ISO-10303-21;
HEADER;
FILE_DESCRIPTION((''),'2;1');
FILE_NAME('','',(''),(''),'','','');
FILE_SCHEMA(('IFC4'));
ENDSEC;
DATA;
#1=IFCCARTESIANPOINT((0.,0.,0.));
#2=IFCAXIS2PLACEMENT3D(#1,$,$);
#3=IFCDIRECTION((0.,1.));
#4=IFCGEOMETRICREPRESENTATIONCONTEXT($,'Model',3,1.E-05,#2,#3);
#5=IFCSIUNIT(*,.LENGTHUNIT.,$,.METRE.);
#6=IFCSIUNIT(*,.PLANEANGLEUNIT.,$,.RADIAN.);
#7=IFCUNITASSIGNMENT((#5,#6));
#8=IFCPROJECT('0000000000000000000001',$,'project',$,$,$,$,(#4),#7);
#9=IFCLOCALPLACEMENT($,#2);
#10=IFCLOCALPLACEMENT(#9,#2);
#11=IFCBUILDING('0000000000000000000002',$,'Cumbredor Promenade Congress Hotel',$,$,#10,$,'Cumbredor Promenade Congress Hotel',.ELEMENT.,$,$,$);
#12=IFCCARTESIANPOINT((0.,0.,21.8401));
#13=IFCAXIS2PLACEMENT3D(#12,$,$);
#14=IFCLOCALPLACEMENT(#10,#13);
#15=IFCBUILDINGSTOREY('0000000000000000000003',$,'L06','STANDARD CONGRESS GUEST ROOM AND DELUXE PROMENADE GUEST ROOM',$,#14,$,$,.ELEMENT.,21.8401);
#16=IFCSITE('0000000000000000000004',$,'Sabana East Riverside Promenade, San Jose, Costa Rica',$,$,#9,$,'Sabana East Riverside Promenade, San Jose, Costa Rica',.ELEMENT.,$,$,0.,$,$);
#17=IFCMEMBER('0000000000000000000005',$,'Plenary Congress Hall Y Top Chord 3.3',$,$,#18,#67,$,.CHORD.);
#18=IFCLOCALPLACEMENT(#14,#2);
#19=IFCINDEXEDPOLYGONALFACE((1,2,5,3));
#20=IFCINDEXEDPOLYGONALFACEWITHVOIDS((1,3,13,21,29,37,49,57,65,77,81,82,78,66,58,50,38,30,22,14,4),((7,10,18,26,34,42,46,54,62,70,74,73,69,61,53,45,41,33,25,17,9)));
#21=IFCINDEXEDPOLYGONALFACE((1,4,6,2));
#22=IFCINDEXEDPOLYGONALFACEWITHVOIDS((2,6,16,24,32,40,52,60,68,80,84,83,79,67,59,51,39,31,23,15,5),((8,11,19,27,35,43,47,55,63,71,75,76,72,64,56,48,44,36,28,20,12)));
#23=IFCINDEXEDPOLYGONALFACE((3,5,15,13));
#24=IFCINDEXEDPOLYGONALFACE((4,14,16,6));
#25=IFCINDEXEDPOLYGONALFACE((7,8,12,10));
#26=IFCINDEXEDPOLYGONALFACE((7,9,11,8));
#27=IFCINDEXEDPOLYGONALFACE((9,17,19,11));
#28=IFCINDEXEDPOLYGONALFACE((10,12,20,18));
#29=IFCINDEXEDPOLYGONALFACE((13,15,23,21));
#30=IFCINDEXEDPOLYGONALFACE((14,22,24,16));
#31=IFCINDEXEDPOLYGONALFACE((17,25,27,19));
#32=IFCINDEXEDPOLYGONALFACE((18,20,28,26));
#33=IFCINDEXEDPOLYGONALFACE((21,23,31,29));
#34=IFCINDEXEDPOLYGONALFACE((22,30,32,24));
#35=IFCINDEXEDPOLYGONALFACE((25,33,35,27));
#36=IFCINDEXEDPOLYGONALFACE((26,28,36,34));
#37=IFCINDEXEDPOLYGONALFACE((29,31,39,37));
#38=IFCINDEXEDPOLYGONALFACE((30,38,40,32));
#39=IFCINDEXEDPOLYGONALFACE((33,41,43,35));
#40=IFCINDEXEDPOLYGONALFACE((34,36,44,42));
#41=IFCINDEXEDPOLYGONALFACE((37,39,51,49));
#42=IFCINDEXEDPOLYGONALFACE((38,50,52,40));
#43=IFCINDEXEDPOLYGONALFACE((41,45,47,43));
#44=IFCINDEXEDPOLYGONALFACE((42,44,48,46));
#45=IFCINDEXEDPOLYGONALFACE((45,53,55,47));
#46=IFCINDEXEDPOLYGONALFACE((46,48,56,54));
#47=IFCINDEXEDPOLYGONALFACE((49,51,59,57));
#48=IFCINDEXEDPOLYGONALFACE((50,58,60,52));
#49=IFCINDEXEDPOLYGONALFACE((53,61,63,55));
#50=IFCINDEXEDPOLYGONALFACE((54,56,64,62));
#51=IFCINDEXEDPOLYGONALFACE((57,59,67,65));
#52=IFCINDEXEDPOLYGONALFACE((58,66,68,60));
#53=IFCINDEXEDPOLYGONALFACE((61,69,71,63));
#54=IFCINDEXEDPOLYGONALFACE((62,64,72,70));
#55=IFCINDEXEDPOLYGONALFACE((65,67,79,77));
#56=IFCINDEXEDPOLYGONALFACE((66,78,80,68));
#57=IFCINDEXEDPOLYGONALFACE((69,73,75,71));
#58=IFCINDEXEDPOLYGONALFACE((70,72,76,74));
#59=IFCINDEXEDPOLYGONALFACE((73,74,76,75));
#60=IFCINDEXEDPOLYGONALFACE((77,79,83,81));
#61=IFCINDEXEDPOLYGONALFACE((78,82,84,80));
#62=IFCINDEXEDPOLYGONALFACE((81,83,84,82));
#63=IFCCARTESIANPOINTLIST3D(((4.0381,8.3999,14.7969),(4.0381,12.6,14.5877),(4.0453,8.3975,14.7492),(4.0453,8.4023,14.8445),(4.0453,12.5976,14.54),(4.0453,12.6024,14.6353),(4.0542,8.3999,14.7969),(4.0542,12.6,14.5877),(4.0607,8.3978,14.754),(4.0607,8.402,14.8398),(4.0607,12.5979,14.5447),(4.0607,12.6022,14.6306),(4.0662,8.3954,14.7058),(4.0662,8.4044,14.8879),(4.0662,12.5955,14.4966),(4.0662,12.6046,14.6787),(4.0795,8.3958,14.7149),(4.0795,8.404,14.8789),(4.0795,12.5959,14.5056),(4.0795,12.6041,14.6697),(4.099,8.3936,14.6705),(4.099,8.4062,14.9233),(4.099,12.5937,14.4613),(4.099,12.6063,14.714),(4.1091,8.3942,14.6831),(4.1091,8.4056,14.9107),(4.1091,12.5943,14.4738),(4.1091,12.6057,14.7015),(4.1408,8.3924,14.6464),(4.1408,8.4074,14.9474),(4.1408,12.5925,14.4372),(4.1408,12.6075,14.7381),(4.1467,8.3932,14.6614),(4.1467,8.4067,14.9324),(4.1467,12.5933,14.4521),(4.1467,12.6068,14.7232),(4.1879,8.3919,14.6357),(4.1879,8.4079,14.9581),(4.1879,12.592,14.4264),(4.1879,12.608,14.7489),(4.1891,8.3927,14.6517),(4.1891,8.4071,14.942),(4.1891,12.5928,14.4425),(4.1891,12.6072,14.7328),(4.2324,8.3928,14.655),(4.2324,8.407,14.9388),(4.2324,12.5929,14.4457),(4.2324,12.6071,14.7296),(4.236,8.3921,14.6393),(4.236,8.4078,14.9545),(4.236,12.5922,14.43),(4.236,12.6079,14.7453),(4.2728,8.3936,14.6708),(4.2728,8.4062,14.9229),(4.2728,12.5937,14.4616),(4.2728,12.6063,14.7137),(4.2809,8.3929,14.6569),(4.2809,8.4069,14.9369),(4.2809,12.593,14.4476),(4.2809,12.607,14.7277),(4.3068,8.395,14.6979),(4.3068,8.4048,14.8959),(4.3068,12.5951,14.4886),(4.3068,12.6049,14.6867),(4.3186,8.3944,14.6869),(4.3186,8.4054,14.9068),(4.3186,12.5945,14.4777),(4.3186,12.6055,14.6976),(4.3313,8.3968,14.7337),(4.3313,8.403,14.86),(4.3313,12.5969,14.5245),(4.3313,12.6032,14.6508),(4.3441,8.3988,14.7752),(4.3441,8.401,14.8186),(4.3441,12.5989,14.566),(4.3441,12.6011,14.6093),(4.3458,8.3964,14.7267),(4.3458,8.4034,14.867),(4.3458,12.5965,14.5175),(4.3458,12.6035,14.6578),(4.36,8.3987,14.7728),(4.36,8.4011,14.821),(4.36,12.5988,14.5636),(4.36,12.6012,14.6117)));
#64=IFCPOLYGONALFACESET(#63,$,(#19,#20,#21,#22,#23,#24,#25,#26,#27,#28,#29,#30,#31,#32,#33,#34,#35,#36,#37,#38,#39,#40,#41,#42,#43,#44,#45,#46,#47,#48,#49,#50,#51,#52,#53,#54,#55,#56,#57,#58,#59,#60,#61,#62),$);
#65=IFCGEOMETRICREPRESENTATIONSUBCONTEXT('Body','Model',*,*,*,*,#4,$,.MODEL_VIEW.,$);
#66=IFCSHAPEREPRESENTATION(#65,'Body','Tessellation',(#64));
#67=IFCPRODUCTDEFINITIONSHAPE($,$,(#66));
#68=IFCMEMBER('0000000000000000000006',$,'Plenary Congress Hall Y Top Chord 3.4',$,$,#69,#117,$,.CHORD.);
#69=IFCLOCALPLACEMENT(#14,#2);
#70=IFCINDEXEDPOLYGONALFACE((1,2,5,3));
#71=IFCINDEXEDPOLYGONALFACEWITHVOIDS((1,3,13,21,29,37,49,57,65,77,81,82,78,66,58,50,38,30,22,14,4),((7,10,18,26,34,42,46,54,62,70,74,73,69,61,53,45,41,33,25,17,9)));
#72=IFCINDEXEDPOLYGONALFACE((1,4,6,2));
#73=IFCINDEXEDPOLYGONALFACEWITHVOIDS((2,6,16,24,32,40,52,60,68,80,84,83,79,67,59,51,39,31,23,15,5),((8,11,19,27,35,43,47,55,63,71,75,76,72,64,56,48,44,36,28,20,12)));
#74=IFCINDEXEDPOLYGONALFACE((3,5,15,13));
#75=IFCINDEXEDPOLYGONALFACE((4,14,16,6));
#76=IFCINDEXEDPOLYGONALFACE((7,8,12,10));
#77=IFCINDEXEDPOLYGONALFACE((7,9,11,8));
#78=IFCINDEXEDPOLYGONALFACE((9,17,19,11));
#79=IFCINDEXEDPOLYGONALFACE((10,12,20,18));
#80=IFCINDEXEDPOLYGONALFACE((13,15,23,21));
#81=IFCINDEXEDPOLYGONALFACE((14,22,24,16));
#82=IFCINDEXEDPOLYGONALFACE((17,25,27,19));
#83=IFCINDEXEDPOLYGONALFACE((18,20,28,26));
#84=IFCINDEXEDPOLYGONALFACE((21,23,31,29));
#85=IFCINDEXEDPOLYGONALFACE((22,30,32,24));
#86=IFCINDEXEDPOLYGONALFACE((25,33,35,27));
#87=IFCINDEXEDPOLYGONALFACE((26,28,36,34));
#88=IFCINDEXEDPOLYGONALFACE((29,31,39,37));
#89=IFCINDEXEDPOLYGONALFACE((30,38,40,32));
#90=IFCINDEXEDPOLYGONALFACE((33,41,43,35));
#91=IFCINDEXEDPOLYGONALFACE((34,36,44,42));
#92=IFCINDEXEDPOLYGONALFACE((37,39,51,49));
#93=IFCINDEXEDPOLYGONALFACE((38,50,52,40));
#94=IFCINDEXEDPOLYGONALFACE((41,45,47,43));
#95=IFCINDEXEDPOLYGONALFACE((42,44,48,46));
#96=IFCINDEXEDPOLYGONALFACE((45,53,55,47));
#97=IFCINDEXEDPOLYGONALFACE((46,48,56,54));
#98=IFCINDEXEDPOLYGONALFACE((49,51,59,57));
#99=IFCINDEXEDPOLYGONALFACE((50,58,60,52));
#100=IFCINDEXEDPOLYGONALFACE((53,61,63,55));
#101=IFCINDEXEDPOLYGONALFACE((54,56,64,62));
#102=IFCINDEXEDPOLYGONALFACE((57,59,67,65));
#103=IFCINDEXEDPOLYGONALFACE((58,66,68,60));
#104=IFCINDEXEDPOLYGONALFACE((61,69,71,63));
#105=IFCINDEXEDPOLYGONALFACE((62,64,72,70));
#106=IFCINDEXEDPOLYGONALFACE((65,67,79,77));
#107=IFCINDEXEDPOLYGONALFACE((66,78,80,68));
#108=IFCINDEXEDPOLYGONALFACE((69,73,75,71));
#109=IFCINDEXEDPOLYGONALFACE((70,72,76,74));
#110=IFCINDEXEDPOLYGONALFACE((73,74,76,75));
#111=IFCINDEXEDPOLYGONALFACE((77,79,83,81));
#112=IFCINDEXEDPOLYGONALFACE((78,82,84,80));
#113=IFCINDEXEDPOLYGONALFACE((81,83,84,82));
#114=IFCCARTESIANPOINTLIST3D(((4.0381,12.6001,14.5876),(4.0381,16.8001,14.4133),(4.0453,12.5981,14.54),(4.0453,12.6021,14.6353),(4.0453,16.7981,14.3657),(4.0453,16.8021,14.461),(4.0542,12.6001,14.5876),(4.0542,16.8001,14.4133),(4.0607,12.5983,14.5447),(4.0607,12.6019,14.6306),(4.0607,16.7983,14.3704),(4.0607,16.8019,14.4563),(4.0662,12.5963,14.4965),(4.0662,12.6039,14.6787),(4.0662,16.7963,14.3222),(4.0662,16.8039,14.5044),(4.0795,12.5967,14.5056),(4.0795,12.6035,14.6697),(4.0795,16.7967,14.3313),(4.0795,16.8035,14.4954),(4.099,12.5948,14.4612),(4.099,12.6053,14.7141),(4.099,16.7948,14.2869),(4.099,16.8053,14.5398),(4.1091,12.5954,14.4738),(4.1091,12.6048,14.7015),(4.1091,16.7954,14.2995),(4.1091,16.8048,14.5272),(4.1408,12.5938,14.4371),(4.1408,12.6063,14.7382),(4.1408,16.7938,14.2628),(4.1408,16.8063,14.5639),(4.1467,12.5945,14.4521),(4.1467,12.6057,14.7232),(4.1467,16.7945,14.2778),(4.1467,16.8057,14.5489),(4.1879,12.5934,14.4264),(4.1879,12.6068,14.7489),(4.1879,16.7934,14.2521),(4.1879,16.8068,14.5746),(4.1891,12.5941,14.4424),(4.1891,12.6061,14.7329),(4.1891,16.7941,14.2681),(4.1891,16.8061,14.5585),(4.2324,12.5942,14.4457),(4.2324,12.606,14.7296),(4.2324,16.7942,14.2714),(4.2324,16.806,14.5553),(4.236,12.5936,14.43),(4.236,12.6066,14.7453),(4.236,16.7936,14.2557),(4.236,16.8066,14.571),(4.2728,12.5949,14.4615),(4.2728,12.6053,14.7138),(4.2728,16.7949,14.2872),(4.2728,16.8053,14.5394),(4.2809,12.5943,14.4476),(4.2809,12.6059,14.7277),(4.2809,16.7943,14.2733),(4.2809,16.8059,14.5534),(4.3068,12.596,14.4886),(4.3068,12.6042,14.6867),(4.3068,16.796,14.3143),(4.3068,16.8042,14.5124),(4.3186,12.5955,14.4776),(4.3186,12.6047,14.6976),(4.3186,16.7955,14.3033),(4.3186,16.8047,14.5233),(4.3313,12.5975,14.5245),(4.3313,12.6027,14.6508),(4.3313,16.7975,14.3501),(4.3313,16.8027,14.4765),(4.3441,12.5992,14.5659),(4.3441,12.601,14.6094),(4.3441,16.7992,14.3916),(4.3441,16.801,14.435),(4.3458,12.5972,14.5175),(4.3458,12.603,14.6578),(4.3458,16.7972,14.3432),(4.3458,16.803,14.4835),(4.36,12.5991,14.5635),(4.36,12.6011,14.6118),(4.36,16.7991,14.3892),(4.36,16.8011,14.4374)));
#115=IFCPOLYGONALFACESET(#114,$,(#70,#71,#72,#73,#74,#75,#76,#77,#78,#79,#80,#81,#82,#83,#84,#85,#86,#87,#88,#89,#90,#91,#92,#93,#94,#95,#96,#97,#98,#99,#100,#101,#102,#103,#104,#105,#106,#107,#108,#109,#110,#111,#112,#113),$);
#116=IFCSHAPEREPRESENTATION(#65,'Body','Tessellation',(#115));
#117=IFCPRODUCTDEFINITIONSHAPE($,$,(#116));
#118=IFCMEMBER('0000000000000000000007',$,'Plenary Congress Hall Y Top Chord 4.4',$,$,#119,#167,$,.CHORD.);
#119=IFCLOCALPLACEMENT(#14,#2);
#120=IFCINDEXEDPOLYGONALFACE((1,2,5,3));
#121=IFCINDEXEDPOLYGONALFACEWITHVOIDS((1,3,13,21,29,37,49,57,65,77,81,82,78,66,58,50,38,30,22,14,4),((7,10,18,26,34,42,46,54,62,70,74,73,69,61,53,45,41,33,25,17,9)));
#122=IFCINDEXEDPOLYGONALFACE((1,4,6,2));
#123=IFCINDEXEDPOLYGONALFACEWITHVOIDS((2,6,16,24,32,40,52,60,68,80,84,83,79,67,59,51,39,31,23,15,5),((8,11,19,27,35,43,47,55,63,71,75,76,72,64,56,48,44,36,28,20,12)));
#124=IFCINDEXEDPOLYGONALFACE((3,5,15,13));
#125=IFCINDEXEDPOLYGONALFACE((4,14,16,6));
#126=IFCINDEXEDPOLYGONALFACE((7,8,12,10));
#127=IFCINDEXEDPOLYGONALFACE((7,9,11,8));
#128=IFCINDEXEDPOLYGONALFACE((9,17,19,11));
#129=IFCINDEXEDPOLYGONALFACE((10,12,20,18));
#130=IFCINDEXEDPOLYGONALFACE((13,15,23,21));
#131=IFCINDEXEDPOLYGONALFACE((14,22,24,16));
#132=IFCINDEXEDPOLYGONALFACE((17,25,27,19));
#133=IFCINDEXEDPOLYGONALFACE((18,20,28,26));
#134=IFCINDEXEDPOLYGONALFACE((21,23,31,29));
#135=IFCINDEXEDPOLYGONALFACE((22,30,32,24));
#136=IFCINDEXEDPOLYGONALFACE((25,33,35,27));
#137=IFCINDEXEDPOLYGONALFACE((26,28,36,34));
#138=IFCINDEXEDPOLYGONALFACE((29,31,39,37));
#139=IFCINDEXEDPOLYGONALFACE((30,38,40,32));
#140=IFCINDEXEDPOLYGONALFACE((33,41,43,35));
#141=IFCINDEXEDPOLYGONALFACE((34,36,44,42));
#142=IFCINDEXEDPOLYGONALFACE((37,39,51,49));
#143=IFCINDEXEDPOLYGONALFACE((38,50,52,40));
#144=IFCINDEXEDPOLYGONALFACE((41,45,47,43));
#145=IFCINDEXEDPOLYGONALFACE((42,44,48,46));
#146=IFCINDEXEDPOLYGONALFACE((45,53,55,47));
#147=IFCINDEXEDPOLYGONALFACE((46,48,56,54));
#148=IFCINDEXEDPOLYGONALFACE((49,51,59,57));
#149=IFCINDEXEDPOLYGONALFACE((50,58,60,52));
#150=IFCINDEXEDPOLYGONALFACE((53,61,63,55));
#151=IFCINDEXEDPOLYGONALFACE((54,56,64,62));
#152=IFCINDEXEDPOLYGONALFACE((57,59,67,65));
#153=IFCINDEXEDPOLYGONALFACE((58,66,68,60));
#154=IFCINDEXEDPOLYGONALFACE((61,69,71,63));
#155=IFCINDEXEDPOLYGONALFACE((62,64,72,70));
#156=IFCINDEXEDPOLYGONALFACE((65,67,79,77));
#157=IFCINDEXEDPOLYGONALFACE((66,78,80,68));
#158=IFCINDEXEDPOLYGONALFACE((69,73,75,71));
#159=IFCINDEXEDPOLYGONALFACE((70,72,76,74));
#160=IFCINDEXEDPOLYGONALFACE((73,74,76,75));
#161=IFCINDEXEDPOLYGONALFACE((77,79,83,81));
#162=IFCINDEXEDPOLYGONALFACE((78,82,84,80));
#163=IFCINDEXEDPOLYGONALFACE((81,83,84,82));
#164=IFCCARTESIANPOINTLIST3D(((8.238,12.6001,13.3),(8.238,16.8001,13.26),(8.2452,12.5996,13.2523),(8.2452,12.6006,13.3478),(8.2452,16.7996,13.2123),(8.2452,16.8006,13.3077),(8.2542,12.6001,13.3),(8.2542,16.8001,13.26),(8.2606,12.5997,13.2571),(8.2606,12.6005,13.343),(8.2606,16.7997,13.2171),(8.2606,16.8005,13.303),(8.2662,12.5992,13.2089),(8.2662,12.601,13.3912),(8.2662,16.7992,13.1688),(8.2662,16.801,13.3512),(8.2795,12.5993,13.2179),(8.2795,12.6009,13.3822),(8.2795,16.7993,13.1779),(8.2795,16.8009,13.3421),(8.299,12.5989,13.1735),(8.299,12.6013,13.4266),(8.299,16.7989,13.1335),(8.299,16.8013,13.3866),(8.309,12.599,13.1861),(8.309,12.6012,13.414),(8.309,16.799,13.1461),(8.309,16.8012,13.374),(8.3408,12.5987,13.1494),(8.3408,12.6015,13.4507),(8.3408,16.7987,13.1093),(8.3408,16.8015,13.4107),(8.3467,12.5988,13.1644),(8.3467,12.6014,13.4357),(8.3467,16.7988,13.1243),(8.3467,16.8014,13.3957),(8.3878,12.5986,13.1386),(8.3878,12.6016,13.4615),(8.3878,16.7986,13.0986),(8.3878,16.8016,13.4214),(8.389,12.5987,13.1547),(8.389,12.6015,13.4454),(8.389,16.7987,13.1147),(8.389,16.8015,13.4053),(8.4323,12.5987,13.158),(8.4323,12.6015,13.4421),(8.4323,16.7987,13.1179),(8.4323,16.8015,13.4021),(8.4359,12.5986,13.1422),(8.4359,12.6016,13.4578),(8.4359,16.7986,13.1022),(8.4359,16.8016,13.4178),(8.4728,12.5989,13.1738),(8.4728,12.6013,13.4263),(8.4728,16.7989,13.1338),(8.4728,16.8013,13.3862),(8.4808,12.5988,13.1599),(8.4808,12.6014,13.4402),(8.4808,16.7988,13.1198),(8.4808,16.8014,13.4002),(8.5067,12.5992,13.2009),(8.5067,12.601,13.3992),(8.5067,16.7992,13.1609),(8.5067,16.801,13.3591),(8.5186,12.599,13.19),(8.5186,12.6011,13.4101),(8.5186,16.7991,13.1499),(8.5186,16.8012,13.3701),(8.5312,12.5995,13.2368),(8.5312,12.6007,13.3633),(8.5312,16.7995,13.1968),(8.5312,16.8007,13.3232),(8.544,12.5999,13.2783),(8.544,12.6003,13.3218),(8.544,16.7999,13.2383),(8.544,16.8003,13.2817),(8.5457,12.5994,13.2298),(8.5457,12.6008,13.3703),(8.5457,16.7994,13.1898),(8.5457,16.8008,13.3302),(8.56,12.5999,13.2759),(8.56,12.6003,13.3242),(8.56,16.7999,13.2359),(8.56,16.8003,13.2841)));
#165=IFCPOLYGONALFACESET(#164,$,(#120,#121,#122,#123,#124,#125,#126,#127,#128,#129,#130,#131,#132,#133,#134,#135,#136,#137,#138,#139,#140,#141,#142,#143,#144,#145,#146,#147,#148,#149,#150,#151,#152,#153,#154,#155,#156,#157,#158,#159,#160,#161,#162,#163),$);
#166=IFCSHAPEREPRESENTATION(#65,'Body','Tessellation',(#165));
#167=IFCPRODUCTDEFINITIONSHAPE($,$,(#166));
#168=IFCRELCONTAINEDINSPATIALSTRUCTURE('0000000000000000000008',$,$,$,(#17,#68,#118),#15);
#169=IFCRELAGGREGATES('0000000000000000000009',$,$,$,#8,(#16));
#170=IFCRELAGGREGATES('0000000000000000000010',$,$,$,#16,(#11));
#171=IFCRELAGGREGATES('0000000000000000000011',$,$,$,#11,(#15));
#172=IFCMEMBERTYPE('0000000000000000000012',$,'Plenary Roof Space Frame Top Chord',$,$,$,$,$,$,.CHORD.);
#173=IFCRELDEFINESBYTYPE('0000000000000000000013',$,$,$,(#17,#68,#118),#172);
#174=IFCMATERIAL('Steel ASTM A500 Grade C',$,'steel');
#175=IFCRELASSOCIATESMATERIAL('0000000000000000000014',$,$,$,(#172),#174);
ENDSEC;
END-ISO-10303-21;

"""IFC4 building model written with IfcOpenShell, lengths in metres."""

from ifc_helpers import new_model, si_unit, direction, frame, origin, origin_2d, place, context, subcontext, project, spatial, hollow_circle, extrude, material, material_profile, profile_set, type_object, element, save


model = new_model("IFC4")

# Units and contexts
model_context = context("Model", 3, precision=1e-05, world=origin(), true_north=direction((0.0, 1.0)))
body_context = subcontext(model_context, "Body", "Model", "MODEL_VIEW")
ifc_project = project(units=[si_unit("LENGTHUNIT", "METRE"), si_unit("PLANEANGLEUNIT", "RADIAN")], contexts=[model_context])

# Site, building, storey
site_placement = place(None, origin())
site = spatial("IfcSite", under=ifc_project, at=site_placement, Name="Sabana East Riverside Promenade, San Jose, Costa Rica", LongName="Sabana East Riverside Promenade, San Jose, Costa Rica", CompositionType="ELEMENT", RefElevation=0.0)
building_placement = place(site_placement, origin())
building = spatial("IfcBuilding", under=site, at=building_placement, Name="Cumbredor Promenade Congress Hotel", LongName="Cumbredor Promenade Congress Hotel", CompositionType="ELEMENT")
storey_placement = place(building_placement, frame((0.0, 0.0, 21.8401)))
storey = spatial("IfcBuildingStorey", under=building, at=storey_placement, Name="L06", Description="STANDARD CONGRESS GUEST ROOM AND DELUXE PROMENADE GUEST ROOM", CompositionType="ELEMENT", Elevation=21.8401)

# Members
ifc_material_1 = material(Name="Steel ASTM A500 Grade C", Category="steel")
ifc_material_profile_1 = material_profile(ifc_material_1, hollow_circle(Radius=0.1619, WallThickness=0.0161, at=origin_2d()), Name="CHS 323.9x16")
ifc_profile_set_1 = profile_set([ifc_material_profile_1], Name="Steel ASTM A500 Grade C")
member_type_1 = type_object("IfcMemberType", Name="Plenary Roof Space Frame Top Chord", PredefinedType="CHORD", material=ifc_profile_set_1)
member_1_placement = place(storey_placement, frame((4.2, 8.3999, 14.7969), z_axis=(0.0, 0.998762, -0.049752), x_axis=(-1.0, 0.0, 0.0)))
element("IfcMember", 1, at=member_1_placement, inside=storey, type_object=member_type_1, Name="Plenary Congress Hall Y Top Chord 3.3", PredefinedType="CHORD", context=body_context, shape_type="SweptSolid", body=[
    extrude(hollow_circle(Radius=0.1619, WallThickness=0.0161, at=origin_2d()), origin(), (0.0, 0.0, 1.0), 4.2053),
])
member_2_placement = place(storey_placement, frame((4.2, 12.6001, 14.5876), z_axis=(0.0, 0.99914, -0.041469), x_axis=(-1.0, 0.0, 0.0)))
element("IfcMember", 2, at=member_2_placement, inside=storey, type_object=member_type_1, Name="Plenary Congress Hall Y Top Chord 3.4", PredefinedType="CHORD", context=body_context, shape_type="SweptSolid", body=[
    extrude(hollow_circle(Radius=0.1619, WallThickness=0.0161, at=origin_2d()), origin(), (0.0, 0.0, 1.0), 4.2036),
])
member_3_placement = place(storey_placement, frame((8.3999, 12.6001, 13.3), z_axis=(0.0, 0.999955, -0.009533), x_axis=(-1.0, 0.0, 0.0)))
element("IfcMember", 3, at=member_3_placement, inside=storey, type_object=member_type_1, Name="Plenary Congress Hall Y Top Chord 4.4", PredefinedType="CHORD", context=body_context, shape_type="SweptSolid", body=[
    extrude(hollow_circle(Radius=0.1619, WallThickness=0.0161, at=origin_2d()), origin(), (0.0, 0.0, 1.0), 4.2002),
])

save(model, "model.ifc")
